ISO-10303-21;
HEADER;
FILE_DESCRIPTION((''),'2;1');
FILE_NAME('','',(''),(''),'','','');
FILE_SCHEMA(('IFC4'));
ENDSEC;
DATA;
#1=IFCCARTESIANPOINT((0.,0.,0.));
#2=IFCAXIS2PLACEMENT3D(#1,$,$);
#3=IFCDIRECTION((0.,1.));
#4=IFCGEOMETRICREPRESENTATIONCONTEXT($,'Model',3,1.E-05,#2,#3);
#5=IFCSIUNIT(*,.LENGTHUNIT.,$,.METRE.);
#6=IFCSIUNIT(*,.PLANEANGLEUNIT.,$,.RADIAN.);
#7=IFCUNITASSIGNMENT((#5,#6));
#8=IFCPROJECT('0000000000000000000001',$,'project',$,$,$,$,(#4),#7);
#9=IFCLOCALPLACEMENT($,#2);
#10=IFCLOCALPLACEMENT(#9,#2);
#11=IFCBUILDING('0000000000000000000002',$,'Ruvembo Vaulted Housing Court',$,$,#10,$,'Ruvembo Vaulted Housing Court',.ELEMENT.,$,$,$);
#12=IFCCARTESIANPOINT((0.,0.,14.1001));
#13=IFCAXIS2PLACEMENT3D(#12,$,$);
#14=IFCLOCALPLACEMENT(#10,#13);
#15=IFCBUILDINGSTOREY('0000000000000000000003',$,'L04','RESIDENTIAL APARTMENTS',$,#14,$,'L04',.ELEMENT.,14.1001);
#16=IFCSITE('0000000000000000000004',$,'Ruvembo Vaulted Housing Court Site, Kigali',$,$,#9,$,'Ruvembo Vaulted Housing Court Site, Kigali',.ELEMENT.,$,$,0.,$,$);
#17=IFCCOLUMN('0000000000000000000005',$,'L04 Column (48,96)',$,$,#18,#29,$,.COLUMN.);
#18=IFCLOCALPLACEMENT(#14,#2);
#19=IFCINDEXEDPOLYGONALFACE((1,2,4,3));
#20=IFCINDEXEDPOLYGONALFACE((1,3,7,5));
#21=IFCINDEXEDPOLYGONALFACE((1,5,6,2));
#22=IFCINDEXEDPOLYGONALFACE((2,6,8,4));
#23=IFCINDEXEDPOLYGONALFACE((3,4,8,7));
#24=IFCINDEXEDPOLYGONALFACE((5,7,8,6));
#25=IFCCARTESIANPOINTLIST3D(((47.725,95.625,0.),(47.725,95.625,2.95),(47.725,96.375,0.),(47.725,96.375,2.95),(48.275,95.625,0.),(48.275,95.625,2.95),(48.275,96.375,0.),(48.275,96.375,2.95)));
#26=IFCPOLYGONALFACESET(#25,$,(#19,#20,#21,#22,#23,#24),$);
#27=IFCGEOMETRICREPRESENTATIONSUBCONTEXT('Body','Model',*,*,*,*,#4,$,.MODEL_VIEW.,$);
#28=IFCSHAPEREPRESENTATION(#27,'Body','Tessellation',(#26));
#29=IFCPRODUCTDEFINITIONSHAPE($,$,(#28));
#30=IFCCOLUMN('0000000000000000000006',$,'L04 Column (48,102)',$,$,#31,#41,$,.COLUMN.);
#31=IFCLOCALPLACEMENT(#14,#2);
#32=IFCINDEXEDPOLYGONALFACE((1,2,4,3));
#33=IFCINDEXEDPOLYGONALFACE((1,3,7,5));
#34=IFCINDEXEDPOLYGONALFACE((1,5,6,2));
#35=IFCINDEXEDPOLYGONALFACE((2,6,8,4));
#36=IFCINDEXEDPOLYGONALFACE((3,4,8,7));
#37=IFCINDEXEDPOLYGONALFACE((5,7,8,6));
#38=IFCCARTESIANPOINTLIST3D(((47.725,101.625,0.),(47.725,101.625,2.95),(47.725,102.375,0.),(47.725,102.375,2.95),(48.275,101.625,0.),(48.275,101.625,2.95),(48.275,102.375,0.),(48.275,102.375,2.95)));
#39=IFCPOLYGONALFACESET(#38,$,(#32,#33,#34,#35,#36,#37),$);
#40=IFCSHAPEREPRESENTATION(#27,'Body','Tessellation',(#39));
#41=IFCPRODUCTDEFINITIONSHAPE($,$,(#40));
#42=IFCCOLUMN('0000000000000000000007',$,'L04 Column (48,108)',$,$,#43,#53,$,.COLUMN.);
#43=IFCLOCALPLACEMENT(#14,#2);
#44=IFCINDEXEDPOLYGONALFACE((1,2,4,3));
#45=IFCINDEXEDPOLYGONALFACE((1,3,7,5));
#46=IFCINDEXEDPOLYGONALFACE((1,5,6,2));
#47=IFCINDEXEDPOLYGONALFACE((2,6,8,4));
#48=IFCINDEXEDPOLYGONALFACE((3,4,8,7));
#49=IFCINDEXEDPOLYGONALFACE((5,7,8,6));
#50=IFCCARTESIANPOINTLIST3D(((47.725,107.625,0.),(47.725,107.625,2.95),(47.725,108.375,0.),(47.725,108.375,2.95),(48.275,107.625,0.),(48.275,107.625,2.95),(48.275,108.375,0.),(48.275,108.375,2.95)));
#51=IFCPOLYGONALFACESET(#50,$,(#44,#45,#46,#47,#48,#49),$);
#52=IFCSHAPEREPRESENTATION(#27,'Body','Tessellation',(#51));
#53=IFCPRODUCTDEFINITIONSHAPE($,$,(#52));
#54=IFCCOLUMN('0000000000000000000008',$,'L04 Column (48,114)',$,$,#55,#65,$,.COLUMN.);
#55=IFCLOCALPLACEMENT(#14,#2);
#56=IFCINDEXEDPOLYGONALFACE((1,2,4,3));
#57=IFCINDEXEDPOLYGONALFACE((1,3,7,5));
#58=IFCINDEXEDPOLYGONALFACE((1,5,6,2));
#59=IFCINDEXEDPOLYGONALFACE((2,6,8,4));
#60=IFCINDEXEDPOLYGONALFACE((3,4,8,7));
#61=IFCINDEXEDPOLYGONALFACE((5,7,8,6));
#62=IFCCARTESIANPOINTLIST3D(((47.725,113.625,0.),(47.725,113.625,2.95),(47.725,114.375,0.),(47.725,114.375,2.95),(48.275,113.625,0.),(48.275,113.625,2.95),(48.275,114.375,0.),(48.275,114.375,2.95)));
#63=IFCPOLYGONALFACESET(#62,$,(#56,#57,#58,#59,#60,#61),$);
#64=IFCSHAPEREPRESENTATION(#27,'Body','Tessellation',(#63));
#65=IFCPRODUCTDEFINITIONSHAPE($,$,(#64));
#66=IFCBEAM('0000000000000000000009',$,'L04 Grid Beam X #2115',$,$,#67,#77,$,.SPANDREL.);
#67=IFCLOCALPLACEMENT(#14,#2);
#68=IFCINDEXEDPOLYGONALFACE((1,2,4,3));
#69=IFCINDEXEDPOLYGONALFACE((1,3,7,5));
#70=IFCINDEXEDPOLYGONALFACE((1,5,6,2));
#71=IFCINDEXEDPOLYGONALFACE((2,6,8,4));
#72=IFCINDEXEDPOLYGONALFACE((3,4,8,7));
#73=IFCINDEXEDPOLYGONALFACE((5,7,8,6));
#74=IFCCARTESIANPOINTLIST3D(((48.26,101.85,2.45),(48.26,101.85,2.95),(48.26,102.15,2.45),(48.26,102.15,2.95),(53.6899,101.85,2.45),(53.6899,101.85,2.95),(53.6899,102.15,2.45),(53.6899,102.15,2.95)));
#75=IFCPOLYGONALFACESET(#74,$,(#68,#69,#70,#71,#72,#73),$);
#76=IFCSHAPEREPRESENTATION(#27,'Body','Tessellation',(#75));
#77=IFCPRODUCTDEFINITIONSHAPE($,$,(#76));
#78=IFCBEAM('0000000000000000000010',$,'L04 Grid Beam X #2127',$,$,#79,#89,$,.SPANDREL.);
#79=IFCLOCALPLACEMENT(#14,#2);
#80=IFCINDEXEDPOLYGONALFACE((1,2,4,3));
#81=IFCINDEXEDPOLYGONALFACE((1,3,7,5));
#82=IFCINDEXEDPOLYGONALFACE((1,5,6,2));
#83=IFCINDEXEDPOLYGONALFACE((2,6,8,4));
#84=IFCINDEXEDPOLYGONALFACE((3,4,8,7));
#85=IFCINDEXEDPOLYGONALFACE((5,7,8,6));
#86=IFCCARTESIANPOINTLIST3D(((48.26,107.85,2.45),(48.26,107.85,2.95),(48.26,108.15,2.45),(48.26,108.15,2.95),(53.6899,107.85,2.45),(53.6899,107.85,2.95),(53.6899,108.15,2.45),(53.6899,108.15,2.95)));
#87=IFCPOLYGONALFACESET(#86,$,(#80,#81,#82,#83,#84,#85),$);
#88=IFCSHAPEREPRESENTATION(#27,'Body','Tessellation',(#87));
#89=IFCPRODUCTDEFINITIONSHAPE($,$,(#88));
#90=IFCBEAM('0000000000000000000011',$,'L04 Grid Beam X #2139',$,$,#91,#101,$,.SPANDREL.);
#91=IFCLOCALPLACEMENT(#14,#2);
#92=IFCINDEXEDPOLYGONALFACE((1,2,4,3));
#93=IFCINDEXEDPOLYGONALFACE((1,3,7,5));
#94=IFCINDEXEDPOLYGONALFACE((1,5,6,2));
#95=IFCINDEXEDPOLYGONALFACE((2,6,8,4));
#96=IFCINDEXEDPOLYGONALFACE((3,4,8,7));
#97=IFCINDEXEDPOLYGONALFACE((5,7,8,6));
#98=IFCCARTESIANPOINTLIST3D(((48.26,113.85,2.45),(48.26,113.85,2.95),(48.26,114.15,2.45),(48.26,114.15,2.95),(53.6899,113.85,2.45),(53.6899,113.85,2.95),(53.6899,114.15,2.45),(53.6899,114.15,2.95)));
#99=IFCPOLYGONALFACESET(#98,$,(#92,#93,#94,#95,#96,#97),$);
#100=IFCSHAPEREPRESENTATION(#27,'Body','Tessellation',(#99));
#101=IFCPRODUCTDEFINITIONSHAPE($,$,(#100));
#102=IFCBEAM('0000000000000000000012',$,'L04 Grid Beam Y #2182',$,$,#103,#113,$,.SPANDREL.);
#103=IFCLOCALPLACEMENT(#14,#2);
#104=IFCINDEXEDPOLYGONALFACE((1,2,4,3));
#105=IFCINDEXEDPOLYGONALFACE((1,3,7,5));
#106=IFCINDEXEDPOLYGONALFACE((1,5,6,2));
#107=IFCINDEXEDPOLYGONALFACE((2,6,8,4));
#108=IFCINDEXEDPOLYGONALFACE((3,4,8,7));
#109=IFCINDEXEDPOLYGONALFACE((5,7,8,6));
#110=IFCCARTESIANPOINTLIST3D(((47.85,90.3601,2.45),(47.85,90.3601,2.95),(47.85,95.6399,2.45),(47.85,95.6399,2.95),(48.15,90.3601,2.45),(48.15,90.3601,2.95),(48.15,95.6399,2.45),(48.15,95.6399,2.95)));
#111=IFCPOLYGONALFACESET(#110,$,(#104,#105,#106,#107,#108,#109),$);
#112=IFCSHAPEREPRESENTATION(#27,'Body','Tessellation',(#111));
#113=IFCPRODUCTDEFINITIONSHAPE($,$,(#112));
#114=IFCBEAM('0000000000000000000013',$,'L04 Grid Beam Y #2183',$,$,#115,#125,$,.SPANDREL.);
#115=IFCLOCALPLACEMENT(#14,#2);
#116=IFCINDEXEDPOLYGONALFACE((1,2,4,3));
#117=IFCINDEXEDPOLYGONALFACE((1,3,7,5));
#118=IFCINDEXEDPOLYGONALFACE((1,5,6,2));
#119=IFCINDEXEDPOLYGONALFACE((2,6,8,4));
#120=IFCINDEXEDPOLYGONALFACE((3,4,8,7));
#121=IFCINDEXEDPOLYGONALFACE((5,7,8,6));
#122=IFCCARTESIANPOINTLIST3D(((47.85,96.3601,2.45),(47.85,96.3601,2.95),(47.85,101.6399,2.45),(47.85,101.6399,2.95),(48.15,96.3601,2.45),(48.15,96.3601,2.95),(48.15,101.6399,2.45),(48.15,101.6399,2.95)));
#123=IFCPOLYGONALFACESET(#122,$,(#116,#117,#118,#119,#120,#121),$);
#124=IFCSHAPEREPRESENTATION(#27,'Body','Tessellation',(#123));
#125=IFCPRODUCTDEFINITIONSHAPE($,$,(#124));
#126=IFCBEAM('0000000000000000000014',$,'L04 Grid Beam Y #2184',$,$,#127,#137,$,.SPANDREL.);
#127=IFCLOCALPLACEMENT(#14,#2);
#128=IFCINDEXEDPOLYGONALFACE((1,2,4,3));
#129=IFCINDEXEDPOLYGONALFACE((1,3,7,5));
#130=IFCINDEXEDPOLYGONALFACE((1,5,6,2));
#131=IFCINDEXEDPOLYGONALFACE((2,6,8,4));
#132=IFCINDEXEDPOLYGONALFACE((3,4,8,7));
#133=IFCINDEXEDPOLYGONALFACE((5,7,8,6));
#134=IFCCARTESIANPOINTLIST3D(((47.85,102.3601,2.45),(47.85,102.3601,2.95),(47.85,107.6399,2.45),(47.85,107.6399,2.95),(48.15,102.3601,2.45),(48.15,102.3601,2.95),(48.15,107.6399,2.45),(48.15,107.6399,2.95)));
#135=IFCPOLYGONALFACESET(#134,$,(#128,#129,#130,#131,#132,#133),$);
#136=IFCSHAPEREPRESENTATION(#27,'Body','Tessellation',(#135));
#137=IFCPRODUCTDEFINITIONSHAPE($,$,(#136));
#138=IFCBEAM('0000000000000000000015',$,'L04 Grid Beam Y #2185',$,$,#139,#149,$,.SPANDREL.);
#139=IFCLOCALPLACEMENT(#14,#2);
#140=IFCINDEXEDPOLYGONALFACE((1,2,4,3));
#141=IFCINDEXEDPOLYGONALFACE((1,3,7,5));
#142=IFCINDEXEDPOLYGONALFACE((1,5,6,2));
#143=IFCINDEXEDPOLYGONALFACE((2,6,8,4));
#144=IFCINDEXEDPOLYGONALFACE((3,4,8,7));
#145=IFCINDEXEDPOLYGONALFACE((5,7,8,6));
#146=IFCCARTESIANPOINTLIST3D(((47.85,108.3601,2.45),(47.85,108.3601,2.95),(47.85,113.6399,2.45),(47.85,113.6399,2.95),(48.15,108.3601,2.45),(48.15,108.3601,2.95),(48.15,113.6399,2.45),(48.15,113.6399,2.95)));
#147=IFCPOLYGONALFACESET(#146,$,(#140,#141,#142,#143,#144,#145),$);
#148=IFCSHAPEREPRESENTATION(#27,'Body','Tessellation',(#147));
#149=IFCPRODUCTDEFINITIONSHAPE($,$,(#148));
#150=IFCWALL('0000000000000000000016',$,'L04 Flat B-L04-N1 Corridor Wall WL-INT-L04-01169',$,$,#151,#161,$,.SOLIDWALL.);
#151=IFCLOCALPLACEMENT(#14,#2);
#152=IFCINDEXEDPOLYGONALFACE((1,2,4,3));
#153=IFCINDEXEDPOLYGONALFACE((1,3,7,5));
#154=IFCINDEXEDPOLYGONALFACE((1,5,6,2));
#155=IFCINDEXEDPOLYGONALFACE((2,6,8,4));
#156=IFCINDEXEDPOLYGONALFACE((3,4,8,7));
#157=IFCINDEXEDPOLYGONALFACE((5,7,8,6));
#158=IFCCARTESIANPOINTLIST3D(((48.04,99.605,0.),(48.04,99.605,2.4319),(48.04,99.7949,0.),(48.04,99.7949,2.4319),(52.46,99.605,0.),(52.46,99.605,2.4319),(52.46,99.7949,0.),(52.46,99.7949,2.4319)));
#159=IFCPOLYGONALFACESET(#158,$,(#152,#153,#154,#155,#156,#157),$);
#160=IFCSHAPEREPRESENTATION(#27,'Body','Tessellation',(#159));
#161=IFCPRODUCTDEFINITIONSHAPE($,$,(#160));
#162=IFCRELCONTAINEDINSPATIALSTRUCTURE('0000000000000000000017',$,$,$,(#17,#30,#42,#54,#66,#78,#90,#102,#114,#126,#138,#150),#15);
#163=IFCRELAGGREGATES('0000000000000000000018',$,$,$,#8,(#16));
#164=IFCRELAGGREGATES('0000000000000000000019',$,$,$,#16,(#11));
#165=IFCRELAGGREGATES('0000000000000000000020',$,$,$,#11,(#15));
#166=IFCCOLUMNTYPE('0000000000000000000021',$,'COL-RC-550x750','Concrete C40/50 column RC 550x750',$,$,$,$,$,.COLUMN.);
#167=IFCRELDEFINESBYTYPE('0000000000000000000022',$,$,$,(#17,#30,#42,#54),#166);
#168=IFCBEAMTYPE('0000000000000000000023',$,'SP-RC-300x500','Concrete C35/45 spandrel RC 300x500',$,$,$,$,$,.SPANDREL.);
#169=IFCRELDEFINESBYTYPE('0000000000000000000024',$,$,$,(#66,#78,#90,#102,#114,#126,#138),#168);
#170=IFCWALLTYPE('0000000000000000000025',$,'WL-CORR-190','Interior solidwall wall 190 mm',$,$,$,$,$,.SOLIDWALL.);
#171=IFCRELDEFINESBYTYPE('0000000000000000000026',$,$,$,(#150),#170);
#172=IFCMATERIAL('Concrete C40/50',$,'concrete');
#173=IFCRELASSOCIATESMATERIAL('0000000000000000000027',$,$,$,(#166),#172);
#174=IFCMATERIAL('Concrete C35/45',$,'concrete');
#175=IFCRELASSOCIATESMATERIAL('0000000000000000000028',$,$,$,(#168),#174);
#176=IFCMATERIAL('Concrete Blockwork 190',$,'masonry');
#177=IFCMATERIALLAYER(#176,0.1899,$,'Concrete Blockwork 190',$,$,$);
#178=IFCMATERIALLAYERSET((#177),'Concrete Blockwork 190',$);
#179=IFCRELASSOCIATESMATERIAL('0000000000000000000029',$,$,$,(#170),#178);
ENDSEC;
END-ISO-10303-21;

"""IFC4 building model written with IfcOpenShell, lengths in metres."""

from ifc_helpers import new_model, si_unit, direction, frame, frame_2d, origin, origin_2d, place, context, subcontext, project, spatial, rectangle, extrude, material, layer, layer_set, material_profile, profile_set, type_object, element, save


model = new_model("IFC4")

# Units and contexts
model_context = context("Model", 3, precision=1e-05, world=origin(), true_north=direction((0.0, 1.0)))
body_context = subcontext(model_context, "Body", "Model", "MODEL_VIEW")
ifc_project = project(units=[si_unit("LENGTHUNIT", "METRE"), si_unit("PLANEANGLEUNIT", "RADIAN")], contexts=[model_context])

# Site, building, storey
site_placement = place(None, origin())
site = spatial("IfcSite", under=ifc_project, at=site_placement, Name="Ruvembo Vaulted Housing Court Site, Kigali", LongName="Ruvembo Vaulted Housing Court Site, Kigali", CompositionType="ELEMENT", RefElevation=0.0)
building_placement = place(site_placement, origin())
building = spatial("IfcBuilding", under=site, at=building_placement, Name="Ruvembo Vaulted Housing Court", LongName="Ruvembo Vaulted Housing Court", CompositionType="ELEMENT")
storey_placement = place(building_placement, frame((0.0, 0.0, 14.1001)))
storey = spatial("IfcBuildingStorey", under=building, at=storey_placement, Name="L04", Description="RESIDENTIAL APARTMENTS", LongName="L04", CompositionType="ELEMENT", Elevation=14.1001)

# Columns
ifc_material_1 = material(Name="Concrete C40/50", Category="concrete")
ifc_material_profile_1 = material_profile(ifc_material_1, rectangle(XDim=0.55, YDim=0.75, at=origin_2d()), Name="RC 550x750")
ifc_profile_set_1 = profile_set([ifc_material_profile_1], Name="Concrete C40/50")
column_type = type_object("IfcColumnType", Name="COL-RC-550x750", Description="Concrete C40/50 column RC 550x750", PredefinedType="COLUMN", material=ifc_profile_set_1)
for number, where, z_axis, x_axis, name in (
    (1, (48.0, 96.0, 0.0), (0.0, 0.0, 1.0), (1.0, 0.0, 0.0), "L04 Column (48,96)"),
    (2, (48.0, 102.0, 0.0), (0.0, 0.0, 1.0), (1.0, 0.0, 0.0), "L04 Column (48,102)"),
    (3, (48.0, 108.0, 0.0), (0.0, 0.0, 1.0), (1.0, 0.0, 0.0), "L04 Column (48,108)"),
    (4, (48.0, 114.0, 0.0), (0.0, 0.0, 1.0), (1.0, 0.0, 0.0), "L04 Column (48,114)"),
):
    element("IfcColumn", number, at=place(storey_placement, frame(where, z_axis=z_axis, x_axis=x_axis)), inside=storey, type_object=column_type, Name=name, PredefinedType="COLUMN", context=body_context, shape_type="SweptSolid", body=[
        extrude(rectangle(XDim=0.55, YDim=0.75, at=origin_2d()), origin(), (0.0, 0.0, 1.0), 2.95),
    ])

# Beams
ifc_material_2 = material(Name="Concrete C35/45", Category="concrete")
ifc_material_profile_2 = material_profile(ifc_material_2, rectangle(XDim=0.3, YDim=0.5, at=origin_2d()), Name="RC 300x500")
ifc_profile_set_2 = profile_set([ifc_material_profile_2], Name="Concrete C35/45")
beam_type = type_object("IfcBeamType", Name="SP-RC-300x500", Description="Concrete C35/45 spandrel RC 300x500", PredefinedType="SPANDREL", material=ifc_profile_set_2)
for number, where, z_axis, x_axis, name in (
    (5, (48.26, 102.0, 2.7), (1.0, 0.0, 0.0), (0.0, 1.0, 0.0), "L04 Grid Beam X #2115"),
    (6, (48.26, 108.0, 2.7), (1.0, 0.0, 0.0), (0.0, 1.0, 0.0), "L04 Grid Beam X #2127"),
    (7, (48.26, 114.0, 2.7), (1.0, 0.0, 0.0), (0.0, 1.0, 0.0), "L04 Grid Beam X #2139"),
):
    element("IfcBeam", number, at=place(storey_placement, frame(where, z_axis=z_axis, x_axis=x_axis)), inside=storey, type_object=beam_type, Name=name, PredefinedType="SPANDREL", context=body_context, shape_type="SweptSolid", body=[
        extrude(rectangle(XDim=0.3, YDim=0.5, at=origin_2d()), origin(), (0.0, 0.0, 1.0), 5.4299),
    ])
for number, where, z_axis, x_axis, name in (
    (8, (48.0, 90.3601, 2.7), (0.0, 1.0, 0.0), (-1.0, 0.0, 0.0), "L04 Grid Beam Y #2182"),
    (9, (48.0, 96.3601, 2.7), (0.0, 1.0, 0.0), (-1.0, 0.0, 0.0), "L04 Grid Beam Y #2183"),
    (10, (48.0, 102.3601, 2.7), (0.0, 1.0, 0.0), (-1.0, 0.0, 0.0), "L04 Grid Beam Y #2184"),
    (11, (48.0, 108.3601, 2.7), (0.0, 1.0, 0.0), (-1.0, 0.0, 0.0), "L04 Grid Beam Y #2185"),
):
    element("IfcBeam", number, at=place(storey_placement, frame(where, z_axis=z_axis, x_axis=x_axis)), inside=storey, type_object=beam_type, Name=name, PredefinedType="SPANDREL", context=body_context, shape_type="SweptSolid", body=[
        extrude(rectangle(XDim=0.3, YDim=0.5, at=origin_2d()), origin(), (0.0, 0.0, 1.0), 5.2798),
    ])

# Wall
ifc_material_3 = material(Name="Concrete Blockwork 190", Category="masonry")
ifc_layer_1 = layer(ifc_material_3, 0.1899, Name="Concrete Blockwork 190")
ifc_layer_set_1 = layer_set([ifc_layer_1], Name="Concrete Blockwork 190")
wall_type_1 = type_object("IfcWallType", Name="WL-CORR-190", Description="Interior solidwall wall 190 mm", PredefinedType="SOLIDWALL", material=ifc_layer_set_1)
wall_1_placement = place(storey_placement, frame((48.04, 99.7, 0.0), z_axis=(0.0, 0.0, 1.0), x_axis=(1.0, 0.0, 0.0)))
element("IfcWall", 12, at=wall_1_placement, inside=storey, type_object=wall_type_1, Name="L04 Flat B-L04-N1 Corridor Wall WL-INT-L04-01169", PredefinedType="SOLIDWALL", context=body_context, shape_type="SweptSolid", body=[
    extrude(rectangle(XDim=4.4199, YDim=0.1899, at=frame_2d((2.21, 0.0))), origin(), (0.0, 0.0, 1.0), 2.4319),
])

save(model, "model.ifc")
